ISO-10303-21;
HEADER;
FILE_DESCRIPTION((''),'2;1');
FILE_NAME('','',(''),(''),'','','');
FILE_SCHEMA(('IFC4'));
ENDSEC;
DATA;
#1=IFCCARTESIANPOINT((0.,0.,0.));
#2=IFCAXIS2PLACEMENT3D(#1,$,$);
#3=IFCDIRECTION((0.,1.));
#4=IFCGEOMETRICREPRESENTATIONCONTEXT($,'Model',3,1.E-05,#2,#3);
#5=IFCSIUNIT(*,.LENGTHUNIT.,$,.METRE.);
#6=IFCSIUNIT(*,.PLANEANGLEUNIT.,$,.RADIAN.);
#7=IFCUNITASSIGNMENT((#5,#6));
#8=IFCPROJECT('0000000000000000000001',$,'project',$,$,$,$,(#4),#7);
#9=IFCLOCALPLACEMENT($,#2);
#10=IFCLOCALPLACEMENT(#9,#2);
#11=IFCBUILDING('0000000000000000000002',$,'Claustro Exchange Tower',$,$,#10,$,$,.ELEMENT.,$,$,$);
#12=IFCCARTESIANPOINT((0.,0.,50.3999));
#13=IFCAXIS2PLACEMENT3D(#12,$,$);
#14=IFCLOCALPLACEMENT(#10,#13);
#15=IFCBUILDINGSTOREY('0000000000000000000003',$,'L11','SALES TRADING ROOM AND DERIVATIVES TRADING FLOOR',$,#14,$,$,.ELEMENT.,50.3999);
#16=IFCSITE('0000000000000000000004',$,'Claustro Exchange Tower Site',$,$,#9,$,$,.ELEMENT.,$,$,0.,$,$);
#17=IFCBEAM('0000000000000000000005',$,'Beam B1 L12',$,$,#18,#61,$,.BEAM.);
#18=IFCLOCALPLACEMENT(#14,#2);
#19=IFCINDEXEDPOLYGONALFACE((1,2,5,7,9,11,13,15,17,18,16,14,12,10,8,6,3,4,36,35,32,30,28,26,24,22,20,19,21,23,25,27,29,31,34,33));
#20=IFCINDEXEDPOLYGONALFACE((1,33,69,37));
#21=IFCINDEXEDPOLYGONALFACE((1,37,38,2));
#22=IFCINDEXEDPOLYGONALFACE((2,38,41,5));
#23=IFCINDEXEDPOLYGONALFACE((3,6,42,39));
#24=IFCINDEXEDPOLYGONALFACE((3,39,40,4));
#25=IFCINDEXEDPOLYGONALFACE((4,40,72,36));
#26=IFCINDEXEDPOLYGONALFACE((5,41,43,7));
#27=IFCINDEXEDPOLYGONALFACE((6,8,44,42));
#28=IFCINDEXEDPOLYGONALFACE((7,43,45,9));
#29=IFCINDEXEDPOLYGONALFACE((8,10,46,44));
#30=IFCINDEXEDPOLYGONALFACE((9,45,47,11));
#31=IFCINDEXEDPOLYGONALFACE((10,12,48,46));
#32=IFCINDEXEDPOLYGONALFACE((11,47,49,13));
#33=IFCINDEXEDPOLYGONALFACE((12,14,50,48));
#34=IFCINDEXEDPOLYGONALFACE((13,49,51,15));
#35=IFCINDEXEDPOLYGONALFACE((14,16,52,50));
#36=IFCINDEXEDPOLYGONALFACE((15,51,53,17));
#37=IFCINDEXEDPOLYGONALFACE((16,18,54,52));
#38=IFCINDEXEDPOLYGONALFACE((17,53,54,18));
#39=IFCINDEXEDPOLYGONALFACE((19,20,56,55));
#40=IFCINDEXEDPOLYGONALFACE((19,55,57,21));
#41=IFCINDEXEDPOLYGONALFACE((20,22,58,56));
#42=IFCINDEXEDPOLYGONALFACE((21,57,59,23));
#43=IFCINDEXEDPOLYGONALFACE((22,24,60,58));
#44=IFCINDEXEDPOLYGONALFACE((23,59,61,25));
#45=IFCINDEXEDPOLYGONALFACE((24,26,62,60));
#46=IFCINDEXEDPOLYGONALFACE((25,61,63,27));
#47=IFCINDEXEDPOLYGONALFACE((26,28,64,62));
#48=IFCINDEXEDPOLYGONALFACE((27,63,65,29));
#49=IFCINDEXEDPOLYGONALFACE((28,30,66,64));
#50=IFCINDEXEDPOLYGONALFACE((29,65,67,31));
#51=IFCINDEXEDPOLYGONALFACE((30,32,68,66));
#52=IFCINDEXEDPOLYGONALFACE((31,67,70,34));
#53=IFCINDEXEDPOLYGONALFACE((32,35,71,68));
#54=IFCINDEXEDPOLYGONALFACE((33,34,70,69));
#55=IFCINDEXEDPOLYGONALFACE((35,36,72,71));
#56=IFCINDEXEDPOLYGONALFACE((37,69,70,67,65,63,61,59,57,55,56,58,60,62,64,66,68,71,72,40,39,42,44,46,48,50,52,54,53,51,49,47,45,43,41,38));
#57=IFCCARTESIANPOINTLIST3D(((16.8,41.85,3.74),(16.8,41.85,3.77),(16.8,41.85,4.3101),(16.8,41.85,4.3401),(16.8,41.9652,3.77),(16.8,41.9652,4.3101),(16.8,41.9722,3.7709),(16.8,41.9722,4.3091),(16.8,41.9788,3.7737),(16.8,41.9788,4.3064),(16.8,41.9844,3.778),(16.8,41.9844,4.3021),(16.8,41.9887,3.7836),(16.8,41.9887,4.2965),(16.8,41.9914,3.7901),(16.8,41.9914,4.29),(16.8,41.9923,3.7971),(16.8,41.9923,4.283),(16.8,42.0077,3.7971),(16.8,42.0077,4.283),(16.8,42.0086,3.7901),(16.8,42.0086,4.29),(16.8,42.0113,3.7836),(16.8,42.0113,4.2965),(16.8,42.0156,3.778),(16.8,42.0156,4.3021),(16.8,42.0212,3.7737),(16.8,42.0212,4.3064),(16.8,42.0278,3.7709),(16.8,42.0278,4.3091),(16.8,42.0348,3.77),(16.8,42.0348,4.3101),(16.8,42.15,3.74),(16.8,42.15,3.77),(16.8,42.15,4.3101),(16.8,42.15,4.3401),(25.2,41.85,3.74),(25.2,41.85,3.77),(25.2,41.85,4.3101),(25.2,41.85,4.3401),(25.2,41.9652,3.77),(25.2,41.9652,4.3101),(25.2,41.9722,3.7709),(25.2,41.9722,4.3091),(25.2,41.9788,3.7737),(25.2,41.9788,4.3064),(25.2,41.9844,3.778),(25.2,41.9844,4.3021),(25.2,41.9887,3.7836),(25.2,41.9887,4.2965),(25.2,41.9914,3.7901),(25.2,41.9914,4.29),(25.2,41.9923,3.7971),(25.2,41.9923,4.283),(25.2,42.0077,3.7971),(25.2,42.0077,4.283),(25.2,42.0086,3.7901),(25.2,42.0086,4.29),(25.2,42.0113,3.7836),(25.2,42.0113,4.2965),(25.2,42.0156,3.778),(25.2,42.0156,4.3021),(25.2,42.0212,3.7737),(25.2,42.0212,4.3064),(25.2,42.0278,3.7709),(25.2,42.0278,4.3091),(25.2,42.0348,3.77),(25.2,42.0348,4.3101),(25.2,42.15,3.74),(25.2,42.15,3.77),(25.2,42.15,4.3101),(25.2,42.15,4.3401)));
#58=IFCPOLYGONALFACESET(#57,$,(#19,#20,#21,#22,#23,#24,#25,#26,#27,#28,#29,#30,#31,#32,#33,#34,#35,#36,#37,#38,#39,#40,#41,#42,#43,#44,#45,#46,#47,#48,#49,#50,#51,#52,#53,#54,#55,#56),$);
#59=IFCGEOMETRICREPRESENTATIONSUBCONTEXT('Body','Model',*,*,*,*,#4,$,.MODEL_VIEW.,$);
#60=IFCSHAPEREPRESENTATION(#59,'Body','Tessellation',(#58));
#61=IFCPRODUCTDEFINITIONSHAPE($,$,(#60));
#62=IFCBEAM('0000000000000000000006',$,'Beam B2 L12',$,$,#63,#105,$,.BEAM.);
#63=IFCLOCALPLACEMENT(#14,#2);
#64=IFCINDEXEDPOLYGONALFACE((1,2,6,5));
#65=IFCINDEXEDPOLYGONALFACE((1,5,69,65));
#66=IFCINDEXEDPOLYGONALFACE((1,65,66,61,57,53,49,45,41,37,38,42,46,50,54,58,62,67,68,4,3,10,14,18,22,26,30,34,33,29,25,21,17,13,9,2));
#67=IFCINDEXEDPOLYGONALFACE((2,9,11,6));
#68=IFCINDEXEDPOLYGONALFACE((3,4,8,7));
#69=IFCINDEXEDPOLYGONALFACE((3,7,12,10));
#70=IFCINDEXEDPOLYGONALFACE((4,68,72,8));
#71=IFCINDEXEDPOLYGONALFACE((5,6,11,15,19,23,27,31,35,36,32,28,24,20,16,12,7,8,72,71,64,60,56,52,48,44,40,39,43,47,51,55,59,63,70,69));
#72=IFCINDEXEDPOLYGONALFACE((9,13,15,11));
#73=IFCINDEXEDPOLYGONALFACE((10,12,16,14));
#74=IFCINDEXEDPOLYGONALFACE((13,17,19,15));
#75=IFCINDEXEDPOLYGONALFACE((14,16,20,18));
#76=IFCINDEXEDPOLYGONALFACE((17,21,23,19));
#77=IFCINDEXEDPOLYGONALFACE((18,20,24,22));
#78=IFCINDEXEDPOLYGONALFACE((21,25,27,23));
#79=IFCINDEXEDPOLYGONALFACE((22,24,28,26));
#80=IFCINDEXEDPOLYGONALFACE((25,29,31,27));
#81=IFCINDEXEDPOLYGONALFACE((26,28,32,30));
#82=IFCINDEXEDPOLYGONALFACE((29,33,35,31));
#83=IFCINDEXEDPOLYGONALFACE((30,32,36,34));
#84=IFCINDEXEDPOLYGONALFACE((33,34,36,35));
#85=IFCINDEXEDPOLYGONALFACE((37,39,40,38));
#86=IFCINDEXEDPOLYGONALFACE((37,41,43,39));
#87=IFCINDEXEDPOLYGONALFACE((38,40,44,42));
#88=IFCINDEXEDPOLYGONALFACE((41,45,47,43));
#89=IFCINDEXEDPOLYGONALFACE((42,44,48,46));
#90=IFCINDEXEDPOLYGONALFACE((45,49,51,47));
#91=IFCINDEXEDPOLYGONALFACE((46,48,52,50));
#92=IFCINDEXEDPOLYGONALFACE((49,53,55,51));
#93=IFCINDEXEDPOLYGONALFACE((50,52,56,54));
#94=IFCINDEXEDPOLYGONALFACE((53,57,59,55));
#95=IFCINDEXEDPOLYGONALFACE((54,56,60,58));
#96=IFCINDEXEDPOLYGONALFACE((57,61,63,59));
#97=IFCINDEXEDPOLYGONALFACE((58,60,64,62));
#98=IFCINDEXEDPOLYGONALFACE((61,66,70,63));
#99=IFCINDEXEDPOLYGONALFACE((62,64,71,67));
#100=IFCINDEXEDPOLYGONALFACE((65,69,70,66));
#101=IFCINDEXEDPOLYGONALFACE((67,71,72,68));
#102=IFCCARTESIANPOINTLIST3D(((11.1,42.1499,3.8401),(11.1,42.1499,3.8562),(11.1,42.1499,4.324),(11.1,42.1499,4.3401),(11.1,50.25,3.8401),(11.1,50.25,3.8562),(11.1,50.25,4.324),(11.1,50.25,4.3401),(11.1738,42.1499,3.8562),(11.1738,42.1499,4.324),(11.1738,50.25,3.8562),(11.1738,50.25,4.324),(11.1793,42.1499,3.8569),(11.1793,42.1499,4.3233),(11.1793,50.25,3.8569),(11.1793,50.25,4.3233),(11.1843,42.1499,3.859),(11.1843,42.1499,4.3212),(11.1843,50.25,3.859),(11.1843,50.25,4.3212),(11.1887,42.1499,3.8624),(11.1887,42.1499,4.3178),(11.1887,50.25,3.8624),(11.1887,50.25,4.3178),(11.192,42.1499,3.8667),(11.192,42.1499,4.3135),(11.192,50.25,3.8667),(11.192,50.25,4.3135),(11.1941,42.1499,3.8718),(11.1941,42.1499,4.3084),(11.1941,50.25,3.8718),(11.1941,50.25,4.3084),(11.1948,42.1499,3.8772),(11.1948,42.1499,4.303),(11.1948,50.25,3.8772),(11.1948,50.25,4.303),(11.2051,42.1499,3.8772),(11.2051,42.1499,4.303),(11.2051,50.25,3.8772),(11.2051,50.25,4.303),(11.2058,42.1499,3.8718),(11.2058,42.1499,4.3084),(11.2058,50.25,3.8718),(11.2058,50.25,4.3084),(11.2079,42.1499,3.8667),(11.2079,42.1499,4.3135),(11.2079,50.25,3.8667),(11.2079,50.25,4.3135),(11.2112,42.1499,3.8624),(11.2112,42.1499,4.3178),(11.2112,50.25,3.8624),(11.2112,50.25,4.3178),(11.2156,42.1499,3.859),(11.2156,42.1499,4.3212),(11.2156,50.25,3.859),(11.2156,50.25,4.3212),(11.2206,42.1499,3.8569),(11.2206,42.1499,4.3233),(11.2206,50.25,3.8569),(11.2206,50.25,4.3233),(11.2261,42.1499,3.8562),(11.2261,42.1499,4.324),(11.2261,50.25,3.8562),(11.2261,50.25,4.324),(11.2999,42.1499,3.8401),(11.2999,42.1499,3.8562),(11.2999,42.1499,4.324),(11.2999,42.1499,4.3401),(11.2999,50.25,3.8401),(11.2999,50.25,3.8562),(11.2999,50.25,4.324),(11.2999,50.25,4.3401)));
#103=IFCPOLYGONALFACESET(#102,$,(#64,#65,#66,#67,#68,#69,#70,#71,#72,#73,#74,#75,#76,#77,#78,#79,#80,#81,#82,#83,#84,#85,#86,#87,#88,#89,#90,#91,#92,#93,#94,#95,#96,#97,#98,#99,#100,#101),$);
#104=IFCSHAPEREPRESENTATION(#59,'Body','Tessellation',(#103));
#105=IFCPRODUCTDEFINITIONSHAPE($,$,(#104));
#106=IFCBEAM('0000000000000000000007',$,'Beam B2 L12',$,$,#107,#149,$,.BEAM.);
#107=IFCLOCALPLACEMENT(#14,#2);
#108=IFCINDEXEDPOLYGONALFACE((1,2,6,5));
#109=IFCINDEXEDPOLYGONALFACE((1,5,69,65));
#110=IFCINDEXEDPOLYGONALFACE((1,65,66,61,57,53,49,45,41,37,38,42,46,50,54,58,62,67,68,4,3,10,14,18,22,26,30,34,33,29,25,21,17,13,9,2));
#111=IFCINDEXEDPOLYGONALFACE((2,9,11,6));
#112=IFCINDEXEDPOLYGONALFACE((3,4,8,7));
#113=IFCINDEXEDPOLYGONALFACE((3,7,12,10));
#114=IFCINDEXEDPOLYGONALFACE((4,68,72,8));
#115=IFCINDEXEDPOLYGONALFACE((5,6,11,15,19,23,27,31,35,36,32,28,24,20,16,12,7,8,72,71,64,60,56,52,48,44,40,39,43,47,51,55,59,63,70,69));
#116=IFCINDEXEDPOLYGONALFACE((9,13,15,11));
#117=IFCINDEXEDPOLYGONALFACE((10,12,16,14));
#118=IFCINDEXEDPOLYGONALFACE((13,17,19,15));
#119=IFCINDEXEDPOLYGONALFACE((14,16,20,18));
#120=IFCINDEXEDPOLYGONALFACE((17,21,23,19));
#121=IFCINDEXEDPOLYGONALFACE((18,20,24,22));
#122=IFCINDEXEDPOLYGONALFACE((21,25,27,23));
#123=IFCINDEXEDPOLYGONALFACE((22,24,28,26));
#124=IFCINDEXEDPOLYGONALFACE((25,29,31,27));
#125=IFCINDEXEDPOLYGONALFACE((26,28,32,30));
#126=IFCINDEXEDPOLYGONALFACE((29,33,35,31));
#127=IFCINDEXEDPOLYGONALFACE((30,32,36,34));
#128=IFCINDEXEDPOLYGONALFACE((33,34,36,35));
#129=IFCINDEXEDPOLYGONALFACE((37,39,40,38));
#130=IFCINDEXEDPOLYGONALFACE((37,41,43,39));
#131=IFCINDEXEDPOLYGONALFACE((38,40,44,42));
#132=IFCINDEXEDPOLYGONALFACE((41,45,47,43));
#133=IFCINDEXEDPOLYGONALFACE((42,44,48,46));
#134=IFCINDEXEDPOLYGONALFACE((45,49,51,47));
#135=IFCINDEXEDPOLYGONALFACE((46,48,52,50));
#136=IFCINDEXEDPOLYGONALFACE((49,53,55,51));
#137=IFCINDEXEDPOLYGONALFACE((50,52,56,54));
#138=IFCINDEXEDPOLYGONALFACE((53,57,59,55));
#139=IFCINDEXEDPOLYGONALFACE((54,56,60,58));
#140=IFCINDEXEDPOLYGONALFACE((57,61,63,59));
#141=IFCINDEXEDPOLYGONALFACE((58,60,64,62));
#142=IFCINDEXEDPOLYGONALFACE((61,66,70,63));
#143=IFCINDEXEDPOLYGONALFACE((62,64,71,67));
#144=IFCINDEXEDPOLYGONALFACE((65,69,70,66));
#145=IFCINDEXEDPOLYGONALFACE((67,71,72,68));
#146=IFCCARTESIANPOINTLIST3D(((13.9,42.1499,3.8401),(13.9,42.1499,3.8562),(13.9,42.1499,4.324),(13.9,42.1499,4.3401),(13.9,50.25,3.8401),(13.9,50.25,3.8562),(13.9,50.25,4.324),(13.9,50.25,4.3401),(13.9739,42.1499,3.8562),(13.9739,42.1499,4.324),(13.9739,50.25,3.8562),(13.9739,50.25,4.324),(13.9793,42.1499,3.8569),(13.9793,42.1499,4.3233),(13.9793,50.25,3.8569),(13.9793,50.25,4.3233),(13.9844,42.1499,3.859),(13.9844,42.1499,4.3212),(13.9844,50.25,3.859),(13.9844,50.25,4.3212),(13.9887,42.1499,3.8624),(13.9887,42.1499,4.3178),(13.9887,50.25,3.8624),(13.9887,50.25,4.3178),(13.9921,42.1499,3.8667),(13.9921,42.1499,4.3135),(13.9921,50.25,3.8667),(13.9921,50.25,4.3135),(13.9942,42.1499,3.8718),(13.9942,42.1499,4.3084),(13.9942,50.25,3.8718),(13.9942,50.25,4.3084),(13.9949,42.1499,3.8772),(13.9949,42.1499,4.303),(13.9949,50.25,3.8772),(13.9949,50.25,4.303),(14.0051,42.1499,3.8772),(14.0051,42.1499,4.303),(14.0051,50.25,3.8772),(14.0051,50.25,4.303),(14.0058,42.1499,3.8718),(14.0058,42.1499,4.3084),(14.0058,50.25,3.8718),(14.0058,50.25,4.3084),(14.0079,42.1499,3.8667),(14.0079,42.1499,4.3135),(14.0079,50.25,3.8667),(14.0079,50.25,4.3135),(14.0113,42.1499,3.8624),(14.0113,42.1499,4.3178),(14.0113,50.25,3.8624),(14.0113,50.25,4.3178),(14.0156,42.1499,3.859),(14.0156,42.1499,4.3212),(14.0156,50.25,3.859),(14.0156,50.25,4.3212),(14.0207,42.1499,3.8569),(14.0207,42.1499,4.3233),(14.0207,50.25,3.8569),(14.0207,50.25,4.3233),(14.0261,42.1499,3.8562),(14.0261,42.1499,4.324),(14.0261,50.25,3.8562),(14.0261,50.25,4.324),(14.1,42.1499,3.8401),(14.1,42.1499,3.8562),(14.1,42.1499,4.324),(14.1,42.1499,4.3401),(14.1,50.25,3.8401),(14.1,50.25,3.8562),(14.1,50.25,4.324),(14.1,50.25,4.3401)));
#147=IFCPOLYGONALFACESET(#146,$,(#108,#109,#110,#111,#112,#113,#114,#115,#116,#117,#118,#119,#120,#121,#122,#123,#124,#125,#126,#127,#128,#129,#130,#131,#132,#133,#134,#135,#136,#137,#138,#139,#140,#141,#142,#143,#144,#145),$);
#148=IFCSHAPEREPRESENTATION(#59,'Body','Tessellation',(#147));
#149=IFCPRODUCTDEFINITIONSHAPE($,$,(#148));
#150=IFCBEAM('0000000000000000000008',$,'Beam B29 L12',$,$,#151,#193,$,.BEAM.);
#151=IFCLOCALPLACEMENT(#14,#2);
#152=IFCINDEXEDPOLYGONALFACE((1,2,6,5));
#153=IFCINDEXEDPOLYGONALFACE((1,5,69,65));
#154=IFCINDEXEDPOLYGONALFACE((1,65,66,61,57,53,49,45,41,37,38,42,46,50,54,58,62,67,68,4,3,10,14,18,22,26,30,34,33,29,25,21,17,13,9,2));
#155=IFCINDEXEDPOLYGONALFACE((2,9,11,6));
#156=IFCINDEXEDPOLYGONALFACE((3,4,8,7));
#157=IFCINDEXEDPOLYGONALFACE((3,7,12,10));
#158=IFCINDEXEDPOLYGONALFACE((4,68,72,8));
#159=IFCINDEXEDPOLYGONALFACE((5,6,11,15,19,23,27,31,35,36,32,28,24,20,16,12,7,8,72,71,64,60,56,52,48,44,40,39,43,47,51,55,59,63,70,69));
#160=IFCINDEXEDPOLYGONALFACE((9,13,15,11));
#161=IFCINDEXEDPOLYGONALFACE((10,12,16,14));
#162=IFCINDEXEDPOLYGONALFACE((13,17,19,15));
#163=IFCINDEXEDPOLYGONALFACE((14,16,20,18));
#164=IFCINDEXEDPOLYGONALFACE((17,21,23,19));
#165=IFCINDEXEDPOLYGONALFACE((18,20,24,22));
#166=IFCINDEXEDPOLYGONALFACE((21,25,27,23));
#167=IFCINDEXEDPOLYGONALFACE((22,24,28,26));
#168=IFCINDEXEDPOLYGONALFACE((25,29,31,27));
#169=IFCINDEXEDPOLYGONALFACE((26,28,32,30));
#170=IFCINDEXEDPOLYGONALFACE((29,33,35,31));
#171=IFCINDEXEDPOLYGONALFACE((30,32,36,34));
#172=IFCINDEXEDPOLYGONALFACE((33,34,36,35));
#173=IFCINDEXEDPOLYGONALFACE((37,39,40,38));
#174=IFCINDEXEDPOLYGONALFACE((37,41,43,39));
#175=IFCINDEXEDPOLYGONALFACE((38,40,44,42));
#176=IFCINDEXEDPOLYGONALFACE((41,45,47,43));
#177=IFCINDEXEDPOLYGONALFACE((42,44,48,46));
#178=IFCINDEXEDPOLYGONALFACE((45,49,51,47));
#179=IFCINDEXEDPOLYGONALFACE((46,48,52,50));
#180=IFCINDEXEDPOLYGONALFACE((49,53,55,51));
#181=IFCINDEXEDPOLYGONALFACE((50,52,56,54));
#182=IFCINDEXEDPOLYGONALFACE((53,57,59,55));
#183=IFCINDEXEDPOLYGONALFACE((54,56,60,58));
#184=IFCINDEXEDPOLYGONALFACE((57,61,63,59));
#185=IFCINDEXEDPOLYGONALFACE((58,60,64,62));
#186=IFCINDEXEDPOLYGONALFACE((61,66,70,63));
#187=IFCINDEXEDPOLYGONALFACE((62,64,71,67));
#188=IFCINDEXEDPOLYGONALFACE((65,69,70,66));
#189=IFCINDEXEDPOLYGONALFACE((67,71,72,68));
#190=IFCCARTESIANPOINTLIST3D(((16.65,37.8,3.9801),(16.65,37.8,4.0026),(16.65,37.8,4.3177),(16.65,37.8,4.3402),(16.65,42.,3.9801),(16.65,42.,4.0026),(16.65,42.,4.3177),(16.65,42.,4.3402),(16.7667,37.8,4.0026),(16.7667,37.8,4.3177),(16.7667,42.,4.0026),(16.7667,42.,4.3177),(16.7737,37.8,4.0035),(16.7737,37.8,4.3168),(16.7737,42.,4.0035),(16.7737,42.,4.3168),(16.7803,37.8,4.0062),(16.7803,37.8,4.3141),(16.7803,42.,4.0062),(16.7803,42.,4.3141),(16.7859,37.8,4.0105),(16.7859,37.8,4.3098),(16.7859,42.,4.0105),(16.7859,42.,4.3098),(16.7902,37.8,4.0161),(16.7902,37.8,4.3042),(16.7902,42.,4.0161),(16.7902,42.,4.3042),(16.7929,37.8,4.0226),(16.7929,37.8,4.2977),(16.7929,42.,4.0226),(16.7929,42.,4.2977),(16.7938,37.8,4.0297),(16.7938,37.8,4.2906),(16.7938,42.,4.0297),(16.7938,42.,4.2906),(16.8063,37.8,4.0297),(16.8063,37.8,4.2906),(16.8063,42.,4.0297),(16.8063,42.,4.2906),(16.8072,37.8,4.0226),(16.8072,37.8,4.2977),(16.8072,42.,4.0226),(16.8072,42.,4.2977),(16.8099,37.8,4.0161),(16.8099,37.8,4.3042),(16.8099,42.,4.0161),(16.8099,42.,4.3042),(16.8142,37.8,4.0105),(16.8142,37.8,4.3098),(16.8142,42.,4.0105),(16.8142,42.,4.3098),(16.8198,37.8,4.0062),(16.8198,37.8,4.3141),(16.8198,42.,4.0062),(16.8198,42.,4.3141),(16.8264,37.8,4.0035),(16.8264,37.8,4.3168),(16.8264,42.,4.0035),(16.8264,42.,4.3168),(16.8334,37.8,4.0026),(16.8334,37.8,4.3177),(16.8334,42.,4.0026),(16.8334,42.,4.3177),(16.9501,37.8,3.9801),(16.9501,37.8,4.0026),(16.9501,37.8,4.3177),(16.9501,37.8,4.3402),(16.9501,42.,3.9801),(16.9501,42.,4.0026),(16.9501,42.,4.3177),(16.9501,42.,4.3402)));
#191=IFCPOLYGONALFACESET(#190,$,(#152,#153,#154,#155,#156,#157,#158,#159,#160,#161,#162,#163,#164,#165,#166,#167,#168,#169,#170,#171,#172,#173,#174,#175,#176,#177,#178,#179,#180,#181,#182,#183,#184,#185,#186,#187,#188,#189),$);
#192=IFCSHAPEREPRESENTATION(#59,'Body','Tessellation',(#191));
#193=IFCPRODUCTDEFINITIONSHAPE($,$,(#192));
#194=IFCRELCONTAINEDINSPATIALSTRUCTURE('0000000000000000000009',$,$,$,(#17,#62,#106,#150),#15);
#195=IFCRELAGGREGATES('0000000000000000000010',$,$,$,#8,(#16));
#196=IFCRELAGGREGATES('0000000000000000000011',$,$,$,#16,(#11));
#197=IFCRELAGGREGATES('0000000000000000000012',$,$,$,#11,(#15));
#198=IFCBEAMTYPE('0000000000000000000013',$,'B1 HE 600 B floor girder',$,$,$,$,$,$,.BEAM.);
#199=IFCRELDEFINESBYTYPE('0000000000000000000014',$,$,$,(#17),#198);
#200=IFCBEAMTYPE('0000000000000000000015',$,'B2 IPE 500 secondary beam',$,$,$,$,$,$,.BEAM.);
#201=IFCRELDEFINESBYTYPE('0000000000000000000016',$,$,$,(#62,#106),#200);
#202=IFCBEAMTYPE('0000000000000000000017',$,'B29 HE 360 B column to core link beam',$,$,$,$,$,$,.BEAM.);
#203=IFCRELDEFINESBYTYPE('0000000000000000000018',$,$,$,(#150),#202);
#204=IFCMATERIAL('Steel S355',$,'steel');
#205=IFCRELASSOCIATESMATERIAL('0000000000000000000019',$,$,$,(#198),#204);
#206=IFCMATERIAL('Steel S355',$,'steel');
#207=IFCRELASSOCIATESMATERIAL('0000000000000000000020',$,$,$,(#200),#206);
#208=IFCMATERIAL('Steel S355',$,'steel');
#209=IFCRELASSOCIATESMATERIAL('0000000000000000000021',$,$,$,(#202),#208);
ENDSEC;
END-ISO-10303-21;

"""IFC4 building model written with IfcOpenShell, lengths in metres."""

from ifc_helpers import new_model, si_unit, direction, frame, origin, origin_2d, place, context, subcontext, project, spatial, i_section, extrude, material, material_profile, profile_set, type_object, element, save


model = new_model("IFC4")

# Units and contexts
model_context = context("Model", 3, precision=1e-05, world=origin(), true_north=direction((0.0, 1.0)))
body_context = subcontext(model_context, "Body", "Model", "MODEL_VIEW")
ifc_project = project(units=[si_unit("LENGTHUNIT", "METRE"), si_unit("PLANEANGLEUNIT", "RADIAN")], contexts=[model_context])

# Site, building, storey
site_placement = place(None, origin())
site = spatial("IfcSite", under=ifc_project, at=site_placement, Name="Claustro Exchange Tower Site", CompositionType="ELEMENT", RefElevation=0.0)
building_placement = place(site_placement, origin())
building = spatial("IfcBuilding", under=site, at=building_placement, Name="Claustro Exchange Tower", CompositionType="ELEMENT")
storey_placement = place(building_placement, frame((0.0, 0.0, 50.3999)))
storey = spatial("IfcBuildingStorey", under=building, at=storey_placement, Name="L11", Description="SALES TRADING ROOM AND DERIVATIVES TRADING FLOOR", CompositionType="ELEMENT", Elevation=50.3999)

# Beams
ifc_material_1 = material(Name="Steel S355", Category="steel")
ifc_material_profile_1 = material_profile(ifc_material_1, i_section(OverallWidth=0.3, OverallDepth=0.6001, WebThickness=0.0154, FlangeThickness=0.03, FilletRadius=0.0271, at=origin_2d()), Name="HE 600 B")
ifc_profile_set_1 = profile_set([ifc_material_profile_1], Name="Steel S355")
beam_type_1 = type_object("IfcBeamType", Name="B1 HE 600 B floor girder", PredefinedType="BEAM", material=ifc_profile_set_1)
beam_1_placement = place(storey_placement, frame((16.8, 42.0, 4.04), z_axis=(1.0, 0.0, 0.0), x_axis=(0.0, 1.0, 0.0)))
element("IfcBeam", 1, at=beam_1_placement, inside=storey, type_object=beam_type_1, Name="Beam B1 L12", PredefinedType="BEAM", context=body_context, shape_type="SweptSolid", body=[
    extrude(i_section(OverallWidth=0.3, OverallDepth=0.6001, WebThickness=0.0154, FlangeThickness=0.03, FilletRadius=0.0271, at=origin_2d()), origin(), (0.0, 0.0, 1.0), 8.3999),
])
ifc_material_2 = material(Name="Steel S355", Category="steel")
ifc_material_profile_2 = material_profile(ifc_material_2, i_section(OverallWidth=0.2, OverallDepth=0.5, WebThickness=0.0103, FlangeThickness=0.0161, FilletRadius=0.021, at=origin_2d()), Name="IPE 500")
ifc_profile_set_2 = profile_set([ifc_material_profile_2], Name="Steel S355")
beam_type_2 = type_object("IfcBeamType", Name="B2 IPE 500 secondary beam", PredefinedType="BEAM", material=ifc_profile_set_2)
for number, where, z_axis, x_axis, name in (
    (2, (11.2, 42.1499, 4.0901), (0.0, 1.0, 0.0), (-1.0, 0.0, 0.0), "Beam B2 L12"),
    (3, (14.0, 42.1499, 4.0901), (0.0, 1.0, 0.0), (-1.0, 0.0, 0.0), "Beam B2 L12"),
):
    element("IfcBeam", number, at=place(storey_placement, frame(where, z_axis=z_axis, x_axis=x_axis)), inside=storey, type_object=beam_type_2, Name=name, PredefinedType="BEAM", context=body_context, shape_type="SweptSolid", body=[
        extrude(i_section(OverallWidth=0.2, OverallDepth=0.5, WebThickness=0.0103, FlangeThickness=0.0161, FilletRadius=0.021, at=origin_2d()), origin(), (0.0, 0.0, 1.0), 8.1001),
    ])
ifc_material_3 = material(Name="Steel S355", Category="steel")
ifc_material_profile_3 = material_profile(ifc_material_3, i_section(OverallWidth=0.3, OverallDepth=0.3601, WebThickness=0.0125, FlangeThickness=0.0225, FilletRadius=0.0271, at=origin_2d()), Name="HE 360 B")
ifc_profile_set_3 = profile_set([ifc_material_profile_3], Name="Steel S355")
beam_type_3 = type_object("IfcBeamType", Name="B29 HE 360 B column to core link beam", PredefinedType="BEAM", material=ifc_profile_set_3)
beam_2_placement = place(storey_placement, frame((16.8, 37.8, 4.1602), z_axis=(0.0, 1.0, 0.0), x_axis=(-1.0, 0.0, 0.0)))
element("IfcBeam", 4, at=beam_2_placement, inside=storey, type_object=beam_type_3, Name="Beam B29 L12", PredefinedType="BEAM", context=body_context, shape_type="SweptSolid", body=[
    extrude(i_section(OverallWidth=0.3, OverallDepth=0.3601, WebThickness=0.0125, FlangeThickness=0.0225, FilletRadius=0.0271, at=origin_2d()), origin(), (0.0, 0.0, 1.0), 4.2),
])

save(model, "model.ifc")
